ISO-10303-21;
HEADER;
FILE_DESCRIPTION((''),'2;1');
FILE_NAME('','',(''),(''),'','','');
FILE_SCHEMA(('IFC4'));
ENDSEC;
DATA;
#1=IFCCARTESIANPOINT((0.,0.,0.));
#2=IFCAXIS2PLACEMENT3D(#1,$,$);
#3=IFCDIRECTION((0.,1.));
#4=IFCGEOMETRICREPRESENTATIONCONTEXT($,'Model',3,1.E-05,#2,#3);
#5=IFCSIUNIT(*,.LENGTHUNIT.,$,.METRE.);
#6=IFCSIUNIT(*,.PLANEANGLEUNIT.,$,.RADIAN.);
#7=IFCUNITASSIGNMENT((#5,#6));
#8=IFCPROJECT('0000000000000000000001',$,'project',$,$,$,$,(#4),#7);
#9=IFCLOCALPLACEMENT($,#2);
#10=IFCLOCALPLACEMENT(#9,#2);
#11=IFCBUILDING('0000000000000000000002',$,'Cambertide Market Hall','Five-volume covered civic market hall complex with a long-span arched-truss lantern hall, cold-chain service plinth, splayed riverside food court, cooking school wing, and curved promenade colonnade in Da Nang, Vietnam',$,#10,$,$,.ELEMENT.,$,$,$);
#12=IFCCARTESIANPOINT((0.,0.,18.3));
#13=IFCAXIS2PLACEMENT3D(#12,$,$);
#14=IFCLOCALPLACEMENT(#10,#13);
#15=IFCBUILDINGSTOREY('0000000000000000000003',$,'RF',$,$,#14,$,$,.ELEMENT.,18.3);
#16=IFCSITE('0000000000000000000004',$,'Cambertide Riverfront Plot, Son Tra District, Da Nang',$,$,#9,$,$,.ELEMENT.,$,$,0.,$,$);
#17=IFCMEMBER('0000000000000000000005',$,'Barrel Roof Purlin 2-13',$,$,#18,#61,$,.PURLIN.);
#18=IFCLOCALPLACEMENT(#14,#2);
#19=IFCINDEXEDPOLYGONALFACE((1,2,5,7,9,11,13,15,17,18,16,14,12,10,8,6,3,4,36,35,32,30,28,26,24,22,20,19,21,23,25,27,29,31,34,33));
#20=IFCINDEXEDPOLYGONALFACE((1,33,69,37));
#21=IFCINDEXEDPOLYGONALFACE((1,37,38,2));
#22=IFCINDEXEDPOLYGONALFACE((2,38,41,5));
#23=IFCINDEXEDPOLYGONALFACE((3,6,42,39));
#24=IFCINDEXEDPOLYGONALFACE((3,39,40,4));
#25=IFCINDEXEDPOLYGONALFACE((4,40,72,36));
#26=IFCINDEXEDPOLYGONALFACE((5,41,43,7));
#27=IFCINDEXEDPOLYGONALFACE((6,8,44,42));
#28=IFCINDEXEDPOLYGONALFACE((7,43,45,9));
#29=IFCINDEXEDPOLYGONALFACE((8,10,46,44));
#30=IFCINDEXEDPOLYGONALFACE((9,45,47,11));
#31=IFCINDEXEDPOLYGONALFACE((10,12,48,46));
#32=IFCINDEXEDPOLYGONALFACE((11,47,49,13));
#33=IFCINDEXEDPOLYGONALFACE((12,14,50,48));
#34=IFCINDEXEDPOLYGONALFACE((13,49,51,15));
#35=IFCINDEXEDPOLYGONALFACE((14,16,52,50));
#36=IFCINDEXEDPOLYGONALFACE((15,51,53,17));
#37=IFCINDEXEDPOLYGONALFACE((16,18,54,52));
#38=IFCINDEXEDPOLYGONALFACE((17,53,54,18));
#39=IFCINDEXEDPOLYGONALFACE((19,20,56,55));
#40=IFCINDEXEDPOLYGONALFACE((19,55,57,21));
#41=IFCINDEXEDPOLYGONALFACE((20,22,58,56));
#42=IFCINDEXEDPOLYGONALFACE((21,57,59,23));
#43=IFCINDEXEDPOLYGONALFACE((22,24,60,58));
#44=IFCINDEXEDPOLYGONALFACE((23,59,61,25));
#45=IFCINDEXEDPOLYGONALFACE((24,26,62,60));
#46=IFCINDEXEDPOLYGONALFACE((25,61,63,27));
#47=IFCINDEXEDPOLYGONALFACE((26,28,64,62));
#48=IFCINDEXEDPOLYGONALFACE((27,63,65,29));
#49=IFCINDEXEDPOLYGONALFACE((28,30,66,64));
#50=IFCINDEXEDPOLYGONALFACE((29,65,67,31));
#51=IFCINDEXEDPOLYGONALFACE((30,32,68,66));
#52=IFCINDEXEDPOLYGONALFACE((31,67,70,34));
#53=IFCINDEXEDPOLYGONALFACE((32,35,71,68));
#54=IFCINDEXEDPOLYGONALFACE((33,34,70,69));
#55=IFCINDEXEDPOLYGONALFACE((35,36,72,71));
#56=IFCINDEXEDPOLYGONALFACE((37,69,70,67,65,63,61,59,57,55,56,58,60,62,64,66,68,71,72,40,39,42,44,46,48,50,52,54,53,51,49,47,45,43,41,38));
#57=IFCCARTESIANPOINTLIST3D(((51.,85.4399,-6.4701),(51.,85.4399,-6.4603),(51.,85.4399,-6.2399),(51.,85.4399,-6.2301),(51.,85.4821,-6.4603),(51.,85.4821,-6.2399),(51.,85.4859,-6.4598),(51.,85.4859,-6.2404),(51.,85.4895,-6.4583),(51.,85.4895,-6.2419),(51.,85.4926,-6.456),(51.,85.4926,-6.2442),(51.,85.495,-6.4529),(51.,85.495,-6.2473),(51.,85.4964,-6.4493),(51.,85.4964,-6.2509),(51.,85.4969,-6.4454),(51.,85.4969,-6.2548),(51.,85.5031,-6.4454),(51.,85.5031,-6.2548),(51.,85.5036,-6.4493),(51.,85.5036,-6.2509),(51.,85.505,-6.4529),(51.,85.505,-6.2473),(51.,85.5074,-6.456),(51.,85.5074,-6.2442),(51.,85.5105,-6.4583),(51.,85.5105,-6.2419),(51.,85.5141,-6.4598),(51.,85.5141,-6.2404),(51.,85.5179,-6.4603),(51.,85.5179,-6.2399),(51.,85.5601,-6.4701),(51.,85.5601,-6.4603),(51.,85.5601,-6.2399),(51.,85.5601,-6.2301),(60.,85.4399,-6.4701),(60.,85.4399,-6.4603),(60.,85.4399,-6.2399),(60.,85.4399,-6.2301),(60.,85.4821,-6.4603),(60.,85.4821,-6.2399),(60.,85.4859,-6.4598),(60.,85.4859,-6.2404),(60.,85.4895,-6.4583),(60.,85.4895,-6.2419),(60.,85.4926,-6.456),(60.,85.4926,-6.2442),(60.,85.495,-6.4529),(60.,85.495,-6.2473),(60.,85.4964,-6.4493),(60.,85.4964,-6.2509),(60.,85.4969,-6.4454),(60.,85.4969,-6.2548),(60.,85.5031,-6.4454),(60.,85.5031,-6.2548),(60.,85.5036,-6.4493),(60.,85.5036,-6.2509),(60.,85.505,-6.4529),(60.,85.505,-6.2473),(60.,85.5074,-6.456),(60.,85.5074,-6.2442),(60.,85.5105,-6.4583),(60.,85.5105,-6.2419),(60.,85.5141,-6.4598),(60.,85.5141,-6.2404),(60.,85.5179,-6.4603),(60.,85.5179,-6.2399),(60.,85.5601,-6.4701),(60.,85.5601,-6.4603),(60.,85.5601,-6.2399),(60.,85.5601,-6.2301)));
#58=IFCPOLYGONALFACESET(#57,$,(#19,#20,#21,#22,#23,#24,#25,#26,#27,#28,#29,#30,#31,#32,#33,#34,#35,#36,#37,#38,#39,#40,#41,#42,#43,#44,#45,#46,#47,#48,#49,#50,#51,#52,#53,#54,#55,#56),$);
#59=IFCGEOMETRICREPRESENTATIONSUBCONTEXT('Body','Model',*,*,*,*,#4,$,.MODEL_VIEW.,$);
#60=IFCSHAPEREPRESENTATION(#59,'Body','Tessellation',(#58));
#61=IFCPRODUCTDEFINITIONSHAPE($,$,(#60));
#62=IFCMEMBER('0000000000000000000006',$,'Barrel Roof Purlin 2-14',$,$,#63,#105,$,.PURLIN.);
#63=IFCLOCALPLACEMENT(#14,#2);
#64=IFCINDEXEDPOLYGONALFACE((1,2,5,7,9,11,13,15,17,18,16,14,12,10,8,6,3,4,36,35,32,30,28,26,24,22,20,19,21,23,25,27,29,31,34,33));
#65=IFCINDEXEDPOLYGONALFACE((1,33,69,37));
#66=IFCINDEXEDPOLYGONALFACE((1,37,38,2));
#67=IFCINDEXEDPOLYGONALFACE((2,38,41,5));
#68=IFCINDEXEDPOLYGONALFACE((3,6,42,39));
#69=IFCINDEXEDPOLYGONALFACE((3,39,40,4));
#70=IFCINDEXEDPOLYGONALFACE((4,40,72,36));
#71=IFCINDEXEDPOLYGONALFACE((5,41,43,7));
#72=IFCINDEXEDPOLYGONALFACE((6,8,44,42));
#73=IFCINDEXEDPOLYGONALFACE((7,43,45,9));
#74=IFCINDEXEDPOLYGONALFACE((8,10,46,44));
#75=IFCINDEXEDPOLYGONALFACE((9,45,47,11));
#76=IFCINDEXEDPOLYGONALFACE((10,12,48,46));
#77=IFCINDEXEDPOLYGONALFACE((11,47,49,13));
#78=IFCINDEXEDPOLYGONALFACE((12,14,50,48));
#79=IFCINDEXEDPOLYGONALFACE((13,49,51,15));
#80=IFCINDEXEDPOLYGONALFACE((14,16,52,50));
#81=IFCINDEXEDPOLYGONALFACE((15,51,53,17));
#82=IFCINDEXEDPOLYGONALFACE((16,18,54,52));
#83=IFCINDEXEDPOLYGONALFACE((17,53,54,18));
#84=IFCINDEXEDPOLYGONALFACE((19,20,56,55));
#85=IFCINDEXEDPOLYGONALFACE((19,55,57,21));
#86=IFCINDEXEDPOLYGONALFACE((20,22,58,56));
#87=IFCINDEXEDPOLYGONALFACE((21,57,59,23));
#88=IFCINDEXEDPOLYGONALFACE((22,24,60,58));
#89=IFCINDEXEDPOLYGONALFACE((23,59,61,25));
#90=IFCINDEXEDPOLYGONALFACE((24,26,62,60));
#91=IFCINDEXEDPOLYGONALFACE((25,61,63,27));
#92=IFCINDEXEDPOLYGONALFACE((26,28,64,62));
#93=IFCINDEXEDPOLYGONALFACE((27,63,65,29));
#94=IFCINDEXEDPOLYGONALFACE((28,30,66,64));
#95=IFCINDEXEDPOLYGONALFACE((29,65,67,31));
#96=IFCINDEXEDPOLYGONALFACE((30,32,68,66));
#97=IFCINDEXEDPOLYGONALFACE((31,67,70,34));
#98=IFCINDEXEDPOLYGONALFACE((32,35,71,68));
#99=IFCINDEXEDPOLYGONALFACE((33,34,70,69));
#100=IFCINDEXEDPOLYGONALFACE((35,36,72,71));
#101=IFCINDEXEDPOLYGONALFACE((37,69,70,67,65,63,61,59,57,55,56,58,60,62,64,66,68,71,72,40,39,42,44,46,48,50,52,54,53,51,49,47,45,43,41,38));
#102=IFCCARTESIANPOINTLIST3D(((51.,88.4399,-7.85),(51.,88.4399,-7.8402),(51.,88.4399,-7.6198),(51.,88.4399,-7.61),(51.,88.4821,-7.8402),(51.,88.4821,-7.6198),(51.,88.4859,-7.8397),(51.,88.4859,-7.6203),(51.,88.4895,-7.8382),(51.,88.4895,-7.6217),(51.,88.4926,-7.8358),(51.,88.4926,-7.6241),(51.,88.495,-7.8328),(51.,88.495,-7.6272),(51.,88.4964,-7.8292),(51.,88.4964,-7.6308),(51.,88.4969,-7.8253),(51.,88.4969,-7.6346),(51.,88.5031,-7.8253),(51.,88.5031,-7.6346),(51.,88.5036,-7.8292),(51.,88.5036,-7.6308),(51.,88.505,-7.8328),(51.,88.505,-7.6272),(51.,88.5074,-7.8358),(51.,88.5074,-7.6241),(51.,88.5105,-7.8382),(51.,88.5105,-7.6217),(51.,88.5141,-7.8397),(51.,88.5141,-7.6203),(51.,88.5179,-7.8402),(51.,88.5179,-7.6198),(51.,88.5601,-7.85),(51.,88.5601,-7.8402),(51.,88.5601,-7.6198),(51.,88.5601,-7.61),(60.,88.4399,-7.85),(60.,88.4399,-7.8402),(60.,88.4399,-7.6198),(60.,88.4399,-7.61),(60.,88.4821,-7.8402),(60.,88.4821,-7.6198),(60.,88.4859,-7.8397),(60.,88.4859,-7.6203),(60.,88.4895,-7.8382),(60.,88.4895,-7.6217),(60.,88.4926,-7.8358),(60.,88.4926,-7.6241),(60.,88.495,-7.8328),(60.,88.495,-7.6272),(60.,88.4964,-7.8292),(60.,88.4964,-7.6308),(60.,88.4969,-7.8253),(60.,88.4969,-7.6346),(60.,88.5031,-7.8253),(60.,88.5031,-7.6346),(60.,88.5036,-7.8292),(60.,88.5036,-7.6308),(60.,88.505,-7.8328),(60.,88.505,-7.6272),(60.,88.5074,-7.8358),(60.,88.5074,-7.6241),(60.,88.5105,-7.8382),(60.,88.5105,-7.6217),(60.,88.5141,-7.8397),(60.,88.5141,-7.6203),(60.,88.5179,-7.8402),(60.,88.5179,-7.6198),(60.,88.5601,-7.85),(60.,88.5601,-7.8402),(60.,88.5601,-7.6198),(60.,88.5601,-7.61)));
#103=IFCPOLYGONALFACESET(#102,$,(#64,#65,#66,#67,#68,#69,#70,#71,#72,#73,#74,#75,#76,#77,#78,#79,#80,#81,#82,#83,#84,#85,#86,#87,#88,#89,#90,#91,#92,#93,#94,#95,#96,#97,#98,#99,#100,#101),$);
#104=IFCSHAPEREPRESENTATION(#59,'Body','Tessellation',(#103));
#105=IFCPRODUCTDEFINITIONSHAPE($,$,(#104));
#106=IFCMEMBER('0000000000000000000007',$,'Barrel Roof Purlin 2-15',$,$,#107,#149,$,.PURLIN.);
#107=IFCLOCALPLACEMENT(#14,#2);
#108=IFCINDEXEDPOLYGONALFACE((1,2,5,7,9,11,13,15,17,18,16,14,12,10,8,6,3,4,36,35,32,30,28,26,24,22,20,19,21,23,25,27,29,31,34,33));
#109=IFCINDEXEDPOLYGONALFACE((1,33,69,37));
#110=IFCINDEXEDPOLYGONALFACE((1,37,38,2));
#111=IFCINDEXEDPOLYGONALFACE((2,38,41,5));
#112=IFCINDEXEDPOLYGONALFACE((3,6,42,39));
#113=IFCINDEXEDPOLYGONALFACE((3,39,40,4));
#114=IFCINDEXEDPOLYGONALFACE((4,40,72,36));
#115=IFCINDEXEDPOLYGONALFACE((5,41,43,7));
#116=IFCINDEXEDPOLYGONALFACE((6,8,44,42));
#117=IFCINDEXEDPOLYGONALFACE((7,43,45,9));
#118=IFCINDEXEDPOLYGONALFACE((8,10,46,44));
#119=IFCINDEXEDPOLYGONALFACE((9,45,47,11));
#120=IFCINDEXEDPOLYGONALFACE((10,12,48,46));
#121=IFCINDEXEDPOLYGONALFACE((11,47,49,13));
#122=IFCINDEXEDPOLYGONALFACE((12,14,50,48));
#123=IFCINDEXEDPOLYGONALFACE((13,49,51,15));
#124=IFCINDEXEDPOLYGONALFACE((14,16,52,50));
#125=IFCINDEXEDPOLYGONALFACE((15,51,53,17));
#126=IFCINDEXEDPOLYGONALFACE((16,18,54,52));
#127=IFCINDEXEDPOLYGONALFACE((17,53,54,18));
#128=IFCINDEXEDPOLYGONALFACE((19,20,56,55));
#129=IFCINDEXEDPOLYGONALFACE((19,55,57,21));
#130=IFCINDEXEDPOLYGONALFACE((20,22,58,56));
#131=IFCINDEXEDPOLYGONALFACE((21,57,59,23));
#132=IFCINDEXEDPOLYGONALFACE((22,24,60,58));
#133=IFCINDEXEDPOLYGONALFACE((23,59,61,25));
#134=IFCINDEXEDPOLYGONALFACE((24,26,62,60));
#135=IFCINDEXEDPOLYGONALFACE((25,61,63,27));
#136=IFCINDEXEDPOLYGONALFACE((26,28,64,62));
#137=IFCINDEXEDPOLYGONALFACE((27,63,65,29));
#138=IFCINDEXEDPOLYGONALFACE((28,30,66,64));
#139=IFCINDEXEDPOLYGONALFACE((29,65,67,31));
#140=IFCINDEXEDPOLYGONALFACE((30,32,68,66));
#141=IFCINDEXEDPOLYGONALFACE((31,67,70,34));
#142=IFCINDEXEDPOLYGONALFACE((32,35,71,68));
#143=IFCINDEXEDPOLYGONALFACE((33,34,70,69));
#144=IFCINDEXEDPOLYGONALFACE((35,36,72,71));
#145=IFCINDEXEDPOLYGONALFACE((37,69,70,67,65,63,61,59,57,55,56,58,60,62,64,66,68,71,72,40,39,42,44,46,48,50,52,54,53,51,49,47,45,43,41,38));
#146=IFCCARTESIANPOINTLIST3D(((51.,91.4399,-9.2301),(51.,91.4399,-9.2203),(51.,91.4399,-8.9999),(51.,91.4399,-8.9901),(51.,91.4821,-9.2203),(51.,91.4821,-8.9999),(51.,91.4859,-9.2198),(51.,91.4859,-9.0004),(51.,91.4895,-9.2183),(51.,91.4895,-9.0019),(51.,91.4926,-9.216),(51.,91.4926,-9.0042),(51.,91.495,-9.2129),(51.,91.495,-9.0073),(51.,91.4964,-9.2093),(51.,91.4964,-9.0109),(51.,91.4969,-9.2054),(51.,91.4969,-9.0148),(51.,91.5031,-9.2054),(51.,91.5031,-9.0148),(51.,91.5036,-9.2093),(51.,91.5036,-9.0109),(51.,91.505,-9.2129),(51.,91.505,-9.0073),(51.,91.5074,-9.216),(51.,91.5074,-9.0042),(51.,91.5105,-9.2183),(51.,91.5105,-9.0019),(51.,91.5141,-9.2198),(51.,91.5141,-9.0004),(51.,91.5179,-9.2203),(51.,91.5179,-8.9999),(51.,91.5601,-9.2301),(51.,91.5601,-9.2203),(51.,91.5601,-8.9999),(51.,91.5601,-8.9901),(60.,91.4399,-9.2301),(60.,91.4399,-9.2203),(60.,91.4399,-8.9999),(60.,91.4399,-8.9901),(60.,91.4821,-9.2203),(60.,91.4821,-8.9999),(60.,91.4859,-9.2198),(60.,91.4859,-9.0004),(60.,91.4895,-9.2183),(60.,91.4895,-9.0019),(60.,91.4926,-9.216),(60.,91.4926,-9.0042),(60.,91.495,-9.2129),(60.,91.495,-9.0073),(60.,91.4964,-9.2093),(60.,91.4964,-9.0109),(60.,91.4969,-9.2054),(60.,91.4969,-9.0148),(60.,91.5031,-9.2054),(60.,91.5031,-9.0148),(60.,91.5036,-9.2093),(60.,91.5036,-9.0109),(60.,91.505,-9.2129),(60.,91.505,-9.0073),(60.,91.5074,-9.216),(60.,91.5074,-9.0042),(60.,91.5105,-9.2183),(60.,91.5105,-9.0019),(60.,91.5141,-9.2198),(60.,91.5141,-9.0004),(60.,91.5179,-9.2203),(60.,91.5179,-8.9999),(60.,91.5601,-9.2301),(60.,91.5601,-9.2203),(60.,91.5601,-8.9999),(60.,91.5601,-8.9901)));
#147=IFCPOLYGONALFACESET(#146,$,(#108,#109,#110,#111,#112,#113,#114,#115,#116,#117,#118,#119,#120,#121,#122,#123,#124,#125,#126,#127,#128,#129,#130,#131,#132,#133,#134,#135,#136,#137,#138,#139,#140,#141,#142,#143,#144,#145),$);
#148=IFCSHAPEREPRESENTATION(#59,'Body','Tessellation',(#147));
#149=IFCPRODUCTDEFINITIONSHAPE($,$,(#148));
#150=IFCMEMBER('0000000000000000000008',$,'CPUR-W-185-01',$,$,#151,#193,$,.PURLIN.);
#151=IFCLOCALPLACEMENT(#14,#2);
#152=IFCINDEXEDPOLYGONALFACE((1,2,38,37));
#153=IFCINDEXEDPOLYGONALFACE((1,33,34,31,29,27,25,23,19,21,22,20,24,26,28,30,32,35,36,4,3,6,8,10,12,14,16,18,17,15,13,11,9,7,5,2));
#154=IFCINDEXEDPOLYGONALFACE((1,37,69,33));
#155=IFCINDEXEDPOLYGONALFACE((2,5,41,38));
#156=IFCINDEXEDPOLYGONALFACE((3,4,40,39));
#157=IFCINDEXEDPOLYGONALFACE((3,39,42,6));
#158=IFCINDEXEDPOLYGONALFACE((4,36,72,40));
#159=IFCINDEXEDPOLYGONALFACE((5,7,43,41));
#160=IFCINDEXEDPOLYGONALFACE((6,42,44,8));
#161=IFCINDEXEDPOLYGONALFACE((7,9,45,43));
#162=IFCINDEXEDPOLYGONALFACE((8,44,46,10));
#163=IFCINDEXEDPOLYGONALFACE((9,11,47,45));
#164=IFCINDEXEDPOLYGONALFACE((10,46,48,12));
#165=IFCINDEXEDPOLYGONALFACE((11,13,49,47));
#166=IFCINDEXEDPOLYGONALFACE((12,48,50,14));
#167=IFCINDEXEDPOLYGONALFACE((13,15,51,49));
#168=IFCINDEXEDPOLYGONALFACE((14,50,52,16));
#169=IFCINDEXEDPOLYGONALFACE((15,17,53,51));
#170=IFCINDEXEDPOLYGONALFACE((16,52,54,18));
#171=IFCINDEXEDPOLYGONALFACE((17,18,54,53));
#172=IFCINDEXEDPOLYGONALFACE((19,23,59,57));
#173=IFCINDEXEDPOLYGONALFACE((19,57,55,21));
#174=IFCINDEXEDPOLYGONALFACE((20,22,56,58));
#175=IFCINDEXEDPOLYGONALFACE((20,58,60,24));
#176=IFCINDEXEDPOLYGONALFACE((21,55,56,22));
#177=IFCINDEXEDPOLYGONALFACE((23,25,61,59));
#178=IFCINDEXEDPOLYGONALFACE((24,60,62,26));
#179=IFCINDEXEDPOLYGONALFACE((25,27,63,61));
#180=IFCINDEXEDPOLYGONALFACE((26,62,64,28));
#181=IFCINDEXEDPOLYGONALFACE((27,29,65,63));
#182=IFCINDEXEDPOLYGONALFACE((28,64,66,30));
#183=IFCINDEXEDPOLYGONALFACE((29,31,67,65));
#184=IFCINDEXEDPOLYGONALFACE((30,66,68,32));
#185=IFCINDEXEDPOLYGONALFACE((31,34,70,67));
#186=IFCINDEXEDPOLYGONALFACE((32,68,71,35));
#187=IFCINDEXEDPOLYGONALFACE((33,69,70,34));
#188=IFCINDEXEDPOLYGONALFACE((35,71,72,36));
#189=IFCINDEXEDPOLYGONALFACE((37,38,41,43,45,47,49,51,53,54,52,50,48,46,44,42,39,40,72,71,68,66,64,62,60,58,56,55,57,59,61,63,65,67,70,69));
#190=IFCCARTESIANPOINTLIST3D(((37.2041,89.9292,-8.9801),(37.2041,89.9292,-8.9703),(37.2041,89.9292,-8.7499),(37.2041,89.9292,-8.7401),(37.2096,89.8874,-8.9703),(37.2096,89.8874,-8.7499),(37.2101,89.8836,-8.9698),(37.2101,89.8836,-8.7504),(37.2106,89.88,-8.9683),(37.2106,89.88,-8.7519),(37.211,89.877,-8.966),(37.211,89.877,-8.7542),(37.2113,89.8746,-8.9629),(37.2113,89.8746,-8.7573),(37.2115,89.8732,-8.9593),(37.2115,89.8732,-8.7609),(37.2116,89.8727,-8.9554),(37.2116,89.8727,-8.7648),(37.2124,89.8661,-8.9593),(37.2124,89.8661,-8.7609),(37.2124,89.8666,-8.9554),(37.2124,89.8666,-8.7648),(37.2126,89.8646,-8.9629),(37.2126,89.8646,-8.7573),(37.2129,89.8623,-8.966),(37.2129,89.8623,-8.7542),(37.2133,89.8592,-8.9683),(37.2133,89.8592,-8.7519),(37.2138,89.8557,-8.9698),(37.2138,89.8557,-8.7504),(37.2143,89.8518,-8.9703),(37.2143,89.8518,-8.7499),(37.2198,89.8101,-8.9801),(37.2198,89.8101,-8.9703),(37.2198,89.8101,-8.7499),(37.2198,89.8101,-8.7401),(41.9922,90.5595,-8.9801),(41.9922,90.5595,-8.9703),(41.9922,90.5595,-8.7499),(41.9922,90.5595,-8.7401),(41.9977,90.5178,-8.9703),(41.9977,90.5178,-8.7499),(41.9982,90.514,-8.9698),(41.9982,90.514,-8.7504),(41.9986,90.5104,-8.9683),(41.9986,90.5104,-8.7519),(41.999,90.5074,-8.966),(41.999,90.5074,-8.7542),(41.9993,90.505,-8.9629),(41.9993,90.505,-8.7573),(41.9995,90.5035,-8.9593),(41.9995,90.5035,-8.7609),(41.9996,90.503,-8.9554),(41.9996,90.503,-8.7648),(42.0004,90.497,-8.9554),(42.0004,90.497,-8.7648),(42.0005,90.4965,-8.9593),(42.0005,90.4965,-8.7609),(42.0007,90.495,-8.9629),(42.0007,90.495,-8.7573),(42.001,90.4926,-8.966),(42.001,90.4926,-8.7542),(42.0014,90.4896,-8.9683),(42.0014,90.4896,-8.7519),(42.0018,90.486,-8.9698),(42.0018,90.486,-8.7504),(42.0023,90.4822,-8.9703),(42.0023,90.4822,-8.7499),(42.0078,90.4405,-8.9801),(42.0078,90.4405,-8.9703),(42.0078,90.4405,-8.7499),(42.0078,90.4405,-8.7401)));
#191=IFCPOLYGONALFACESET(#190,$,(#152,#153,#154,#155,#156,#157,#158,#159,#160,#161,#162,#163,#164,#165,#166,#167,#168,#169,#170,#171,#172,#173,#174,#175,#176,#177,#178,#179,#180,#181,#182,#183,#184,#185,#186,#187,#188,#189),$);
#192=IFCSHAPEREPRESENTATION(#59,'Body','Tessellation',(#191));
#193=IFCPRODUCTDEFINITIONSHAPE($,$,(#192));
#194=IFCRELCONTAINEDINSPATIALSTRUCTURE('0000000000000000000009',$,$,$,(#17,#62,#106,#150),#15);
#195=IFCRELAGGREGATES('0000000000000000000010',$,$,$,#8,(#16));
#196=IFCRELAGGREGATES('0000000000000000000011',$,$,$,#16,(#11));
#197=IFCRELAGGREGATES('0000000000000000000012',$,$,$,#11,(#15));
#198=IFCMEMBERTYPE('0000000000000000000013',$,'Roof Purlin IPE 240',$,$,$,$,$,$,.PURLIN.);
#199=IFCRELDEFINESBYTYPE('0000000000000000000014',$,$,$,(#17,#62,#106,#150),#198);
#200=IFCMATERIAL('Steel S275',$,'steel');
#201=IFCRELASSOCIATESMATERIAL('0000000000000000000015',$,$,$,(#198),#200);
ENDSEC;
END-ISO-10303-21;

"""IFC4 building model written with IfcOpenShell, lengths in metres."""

from ifc_helpers import new_model, si_unit, direction, frame, origin, origin_2d, place, context, subcontext, project, spatial, i_section, extrude, material, material_profile, profile_set, type_object, element, save


model = new_model("IFC4")

# Units and contexts
model_context = context("Model", 3, precision=1e-05, world=origin(), true_north=direction((0.0, 1.0)))
body_context = subcontext(model_context, "Body", "Model", "MODEL_VIEW")
ifc_project = project(units=[si_unit("LENGTHUNIT", "METRE"), si_unit("PLANEANGLEUNIT", "RADIAN")], contexts=[model_context])

# Site, building, storey
site_placement = place(None, origin())
site = spatial("IfcSite", under=ifc_project, at=site_placement, Name="Cambertide Riverfront Plot, Son Tra District, Da Nang", CompositionType="ELEMENT", RefElevation=0.0)
building_placement = place(site_placement, origin())
building = spatial("IfcBuilding", under=site, at=building_placement, Name="Cambertide Market Hall", Description="Five-volume covered civic market hall complex with a long-span arched-truss lantern hall, cold-chain service plinth, splayed riverside food court, cooking school wing, and curved promenade colonnade in Da Nang, Vietnam", CompositionType="ELEMENT")
storey_placement = place(building_placement, frame((0.0, 0.0, 18.3)))
storey = spatial("IfcBuildingStorey", under=building, at=storey_placement, Name="RF", CompositionType="ELEMENT", Elevation=18.3)

# Members
ifc_material_1 = material(Name="Steel S275", Category="steel")
ifc_material_profile_1 = material_profile(ifc_material_1, i_section(OverallWidth=0.1201, OverallDepth=0.24, WebThickness=0.0061, FlangeThickness=0.0098, FilletRadius=0.0149, at=origin_2d()), Name="IPE 240")
ifc_profile_set_1 = profile_set([ifc_material_profile_1], Name="Steel S275")
member_type_1 = type_object("IfcMemberType", Name="Roof Purlin IPE 240", PredefinedType="PURLIN", material=ifc_profile_set_1)
for number, where, z_axis, x_axis, name in (
    (1, (51.0, 85.5, -6.3501), (1.0, 0.0, 0.0), (0.0, 1.0, 0.0), "Barrel Roof Purlin 2-13"),
    (2, (51.0, 88.5, -7.73), (1.0, 0.0, 0.0), (0.0, 1.0, 0.0), "Barrel Roof Purlin 2-14"),
    (3, (51.0, 91.5, -9.1101), (1.0, 0.0, 0.0), (0.0, 1.0, 0.0), "Barrel Roof Purlin 2-15"),
):
    element("IfcMember", number, at=place(storey_placement, frame(where, z_axis=z_axis, x_axis=x_axis)), inside=storey, type_object=member_type_1, Name=name, PredefinedType="PURLIN", context=body_context, shape_type="SweptSolid", body=[
        extrude(i_section(OverallWidth=0.1201, OverallDepth=0.24, WebThickness=0.0061, FlangeThickness=0.0098, FilletRadius=0.0149, at=origin_2d()), origin(), (0.0, 0.0, 1.0), 9.0),
    ])
member_1_placement = place(storey_placement, frame((42.0, 90.5, -8.8601), z_axis=(-0.991445, -0.130528, 0.0), x_axis=(0.130528, -0.991445, 0.0)))
element("IfcMember", 4, at=member_1_placement, inside=storey, type_object=member_type_1, Name="CPUR-W-185-01", PredefinedType="PURLIN", context=body_context, shape_type="SweptSolid", body=[
    extrude(i_section(OverallWidth=0.1201, OverallDepth=0.24, WebThickness=0.0061, FlangeThickness=0.0098, FilletRadius=0.0149, at=origin_2d()), origin(), (0.0, 0.0, 1.0), 4.8293),
])

save(model, "model.ifc")
